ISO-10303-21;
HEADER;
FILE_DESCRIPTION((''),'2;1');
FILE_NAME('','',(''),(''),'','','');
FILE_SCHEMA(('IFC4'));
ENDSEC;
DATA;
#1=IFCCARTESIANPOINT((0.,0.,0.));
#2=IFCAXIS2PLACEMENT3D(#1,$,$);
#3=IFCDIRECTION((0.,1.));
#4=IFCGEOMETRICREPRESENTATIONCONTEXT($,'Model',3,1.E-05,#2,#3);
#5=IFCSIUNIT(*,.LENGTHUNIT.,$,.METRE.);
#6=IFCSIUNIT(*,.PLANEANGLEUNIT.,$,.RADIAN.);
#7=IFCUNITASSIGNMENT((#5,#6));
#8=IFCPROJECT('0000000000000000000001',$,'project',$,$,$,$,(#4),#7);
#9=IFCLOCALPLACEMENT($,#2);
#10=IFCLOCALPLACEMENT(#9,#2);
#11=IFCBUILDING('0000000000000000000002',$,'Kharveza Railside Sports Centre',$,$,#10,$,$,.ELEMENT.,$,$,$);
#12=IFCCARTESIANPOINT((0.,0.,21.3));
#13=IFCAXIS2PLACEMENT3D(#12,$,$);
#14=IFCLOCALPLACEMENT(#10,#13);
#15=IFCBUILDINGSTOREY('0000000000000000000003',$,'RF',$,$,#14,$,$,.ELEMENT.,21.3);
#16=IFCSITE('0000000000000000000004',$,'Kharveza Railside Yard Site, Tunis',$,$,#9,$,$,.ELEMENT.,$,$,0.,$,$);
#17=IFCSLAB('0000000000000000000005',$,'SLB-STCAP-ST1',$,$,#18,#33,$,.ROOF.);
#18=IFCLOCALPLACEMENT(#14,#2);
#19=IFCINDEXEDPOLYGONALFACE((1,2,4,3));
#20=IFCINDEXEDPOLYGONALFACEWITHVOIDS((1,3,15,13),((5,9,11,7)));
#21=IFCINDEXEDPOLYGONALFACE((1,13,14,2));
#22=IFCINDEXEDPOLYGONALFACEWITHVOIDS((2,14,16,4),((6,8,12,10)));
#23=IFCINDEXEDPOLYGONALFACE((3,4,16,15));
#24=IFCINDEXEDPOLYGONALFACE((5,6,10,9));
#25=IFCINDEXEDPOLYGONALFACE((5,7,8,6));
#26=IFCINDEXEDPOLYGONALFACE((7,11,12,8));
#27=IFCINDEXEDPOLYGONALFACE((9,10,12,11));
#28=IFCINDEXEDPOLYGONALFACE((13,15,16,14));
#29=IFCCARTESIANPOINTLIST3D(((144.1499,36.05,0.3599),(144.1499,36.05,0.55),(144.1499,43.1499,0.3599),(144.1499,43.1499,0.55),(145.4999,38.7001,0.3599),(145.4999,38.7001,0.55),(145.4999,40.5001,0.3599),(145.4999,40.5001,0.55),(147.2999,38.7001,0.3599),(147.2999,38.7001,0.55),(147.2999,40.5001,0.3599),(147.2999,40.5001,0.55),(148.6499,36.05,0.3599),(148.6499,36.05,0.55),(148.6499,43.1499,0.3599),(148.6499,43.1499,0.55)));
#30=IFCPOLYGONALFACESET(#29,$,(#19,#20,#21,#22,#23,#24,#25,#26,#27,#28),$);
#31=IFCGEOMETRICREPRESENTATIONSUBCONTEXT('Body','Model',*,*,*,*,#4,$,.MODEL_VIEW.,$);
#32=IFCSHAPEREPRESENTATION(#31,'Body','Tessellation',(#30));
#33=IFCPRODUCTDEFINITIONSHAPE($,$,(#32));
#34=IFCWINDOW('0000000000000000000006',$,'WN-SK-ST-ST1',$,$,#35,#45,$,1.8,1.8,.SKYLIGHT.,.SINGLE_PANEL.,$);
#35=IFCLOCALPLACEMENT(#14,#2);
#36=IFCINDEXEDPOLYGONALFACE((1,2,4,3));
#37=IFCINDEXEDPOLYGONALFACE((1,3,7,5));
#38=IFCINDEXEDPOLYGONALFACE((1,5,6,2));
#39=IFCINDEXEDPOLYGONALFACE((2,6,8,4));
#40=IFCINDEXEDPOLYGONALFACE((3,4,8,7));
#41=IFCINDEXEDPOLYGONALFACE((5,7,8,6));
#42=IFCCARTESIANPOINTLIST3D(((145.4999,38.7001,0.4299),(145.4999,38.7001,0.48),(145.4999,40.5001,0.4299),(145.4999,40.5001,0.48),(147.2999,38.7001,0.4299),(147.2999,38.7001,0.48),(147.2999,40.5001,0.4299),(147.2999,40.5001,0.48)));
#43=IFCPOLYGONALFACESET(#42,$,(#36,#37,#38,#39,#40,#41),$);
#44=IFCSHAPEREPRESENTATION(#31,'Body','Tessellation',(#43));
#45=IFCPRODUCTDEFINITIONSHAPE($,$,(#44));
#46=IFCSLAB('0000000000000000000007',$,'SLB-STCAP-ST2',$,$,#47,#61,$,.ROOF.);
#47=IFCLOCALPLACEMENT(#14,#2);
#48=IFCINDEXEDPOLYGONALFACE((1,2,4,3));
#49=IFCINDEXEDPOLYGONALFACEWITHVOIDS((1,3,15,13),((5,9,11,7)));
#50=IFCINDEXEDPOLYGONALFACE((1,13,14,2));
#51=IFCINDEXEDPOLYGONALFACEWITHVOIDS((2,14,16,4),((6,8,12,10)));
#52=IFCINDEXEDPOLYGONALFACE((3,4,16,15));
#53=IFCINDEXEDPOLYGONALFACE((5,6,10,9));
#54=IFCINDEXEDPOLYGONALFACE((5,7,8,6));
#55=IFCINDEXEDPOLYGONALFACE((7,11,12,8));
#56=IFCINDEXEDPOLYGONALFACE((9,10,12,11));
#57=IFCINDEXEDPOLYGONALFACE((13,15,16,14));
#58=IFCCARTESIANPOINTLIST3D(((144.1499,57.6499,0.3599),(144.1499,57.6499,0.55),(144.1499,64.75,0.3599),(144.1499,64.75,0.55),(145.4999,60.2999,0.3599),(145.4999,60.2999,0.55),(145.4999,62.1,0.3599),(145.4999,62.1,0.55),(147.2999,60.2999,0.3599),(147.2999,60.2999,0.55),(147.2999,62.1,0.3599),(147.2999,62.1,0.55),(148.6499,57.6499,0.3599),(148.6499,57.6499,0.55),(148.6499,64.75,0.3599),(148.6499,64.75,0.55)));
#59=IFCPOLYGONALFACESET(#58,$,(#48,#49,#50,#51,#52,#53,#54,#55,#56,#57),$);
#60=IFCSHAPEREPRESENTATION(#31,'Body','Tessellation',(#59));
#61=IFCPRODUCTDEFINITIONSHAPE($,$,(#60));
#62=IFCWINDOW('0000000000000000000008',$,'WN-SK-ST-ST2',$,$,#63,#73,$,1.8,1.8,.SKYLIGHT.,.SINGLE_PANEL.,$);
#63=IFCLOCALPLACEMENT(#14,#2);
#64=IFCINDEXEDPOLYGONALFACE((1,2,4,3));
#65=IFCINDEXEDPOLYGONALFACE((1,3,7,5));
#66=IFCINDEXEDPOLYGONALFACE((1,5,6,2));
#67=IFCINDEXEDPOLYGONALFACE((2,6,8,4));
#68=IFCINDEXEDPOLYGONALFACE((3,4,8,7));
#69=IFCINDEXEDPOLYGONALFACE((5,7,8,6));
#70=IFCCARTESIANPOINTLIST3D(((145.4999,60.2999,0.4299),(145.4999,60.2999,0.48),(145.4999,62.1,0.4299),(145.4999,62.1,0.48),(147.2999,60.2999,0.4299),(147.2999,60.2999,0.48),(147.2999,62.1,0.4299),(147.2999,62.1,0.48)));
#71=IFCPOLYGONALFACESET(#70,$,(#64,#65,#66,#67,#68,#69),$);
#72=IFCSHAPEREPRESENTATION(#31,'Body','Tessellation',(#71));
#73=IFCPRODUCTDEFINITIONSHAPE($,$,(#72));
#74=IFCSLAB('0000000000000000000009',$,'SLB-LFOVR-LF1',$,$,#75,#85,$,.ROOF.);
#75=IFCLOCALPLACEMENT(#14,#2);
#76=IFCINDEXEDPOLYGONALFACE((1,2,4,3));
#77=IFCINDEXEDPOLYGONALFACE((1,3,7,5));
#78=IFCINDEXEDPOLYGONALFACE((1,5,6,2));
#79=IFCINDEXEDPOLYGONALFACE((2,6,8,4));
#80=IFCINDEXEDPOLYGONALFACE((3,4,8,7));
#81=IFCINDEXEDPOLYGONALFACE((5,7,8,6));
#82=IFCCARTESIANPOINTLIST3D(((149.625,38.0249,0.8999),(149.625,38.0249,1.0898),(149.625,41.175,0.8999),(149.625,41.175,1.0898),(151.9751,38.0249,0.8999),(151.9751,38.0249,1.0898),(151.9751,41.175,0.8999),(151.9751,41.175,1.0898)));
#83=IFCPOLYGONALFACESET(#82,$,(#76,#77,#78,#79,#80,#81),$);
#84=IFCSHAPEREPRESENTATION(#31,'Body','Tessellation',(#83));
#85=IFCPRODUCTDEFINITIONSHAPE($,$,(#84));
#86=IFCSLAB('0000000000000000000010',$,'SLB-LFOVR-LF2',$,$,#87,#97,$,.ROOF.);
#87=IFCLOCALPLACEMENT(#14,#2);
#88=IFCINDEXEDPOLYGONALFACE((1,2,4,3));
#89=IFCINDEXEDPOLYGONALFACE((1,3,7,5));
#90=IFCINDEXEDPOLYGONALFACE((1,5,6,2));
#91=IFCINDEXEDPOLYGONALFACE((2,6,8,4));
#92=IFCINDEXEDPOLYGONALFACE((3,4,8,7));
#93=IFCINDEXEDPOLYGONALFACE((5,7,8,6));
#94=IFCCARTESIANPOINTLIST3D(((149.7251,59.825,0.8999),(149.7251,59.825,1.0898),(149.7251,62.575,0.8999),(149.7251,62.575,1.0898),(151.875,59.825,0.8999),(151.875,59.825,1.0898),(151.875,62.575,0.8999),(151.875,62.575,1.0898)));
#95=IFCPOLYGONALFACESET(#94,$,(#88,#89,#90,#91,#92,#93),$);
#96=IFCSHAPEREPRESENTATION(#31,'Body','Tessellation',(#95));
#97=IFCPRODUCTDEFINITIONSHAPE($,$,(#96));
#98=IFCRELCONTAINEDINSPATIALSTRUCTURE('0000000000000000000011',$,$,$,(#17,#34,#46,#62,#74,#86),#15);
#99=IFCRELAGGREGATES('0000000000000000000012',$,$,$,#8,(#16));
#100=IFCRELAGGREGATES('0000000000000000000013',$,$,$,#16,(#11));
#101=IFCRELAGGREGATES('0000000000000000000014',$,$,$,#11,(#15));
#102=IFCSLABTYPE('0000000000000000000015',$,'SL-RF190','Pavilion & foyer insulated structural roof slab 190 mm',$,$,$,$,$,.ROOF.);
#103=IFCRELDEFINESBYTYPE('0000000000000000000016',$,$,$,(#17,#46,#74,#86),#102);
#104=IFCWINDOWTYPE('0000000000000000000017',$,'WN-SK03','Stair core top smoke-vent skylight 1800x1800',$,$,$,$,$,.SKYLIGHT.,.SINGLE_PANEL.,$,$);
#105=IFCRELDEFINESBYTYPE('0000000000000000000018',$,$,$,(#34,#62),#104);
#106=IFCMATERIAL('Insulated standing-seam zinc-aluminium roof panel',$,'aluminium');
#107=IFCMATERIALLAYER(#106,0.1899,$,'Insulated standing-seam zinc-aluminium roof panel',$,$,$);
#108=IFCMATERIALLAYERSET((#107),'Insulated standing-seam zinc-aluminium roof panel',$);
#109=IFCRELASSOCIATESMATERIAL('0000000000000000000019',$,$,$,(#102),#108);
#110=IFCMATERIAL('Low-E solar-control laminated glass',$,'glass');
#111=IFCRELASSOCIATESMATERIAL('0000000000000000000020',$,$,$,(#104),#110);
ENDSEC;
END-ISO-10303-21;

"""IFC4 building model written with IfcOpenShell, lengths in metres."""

from ifc_helpers import new_model, si_unit, direction, frame, origin, origin_2d, place, context, subcontext, project, spatial, polyline, rectangle, outline, extrude, material, layer, layer_set, type_object, element, fill, save


model = new_model("IFC4")

# Units and contexts
model_context = context("Model", 3, precision=1e-05, world=origin(), true_north=direction((0.0, 1.0)))
body_context = subcontext(model_context, "Body", "Model", "MODEL_VIEW")
ifc_project = project(units=[si_unit("LENGTHUNIT", "METRE"), si_unit("PLANEANGLEUNIT", "RADIAN")], contexts=[model_context])

# Site, building, storey
site_placement = place(None, origin())
site = spatial("IfcSite", under=ifc_project, at=site_placement, Name="Kharveza Railside Yard Site, Tunis", CompositionType="ELEMENT", RefElevation=0.0)
building_placement = place(site_placement, origin())
building = spatial("IfcBuilding", under=site, at=building_placement, Name="Kharveza Railside Sports Centre", CompositionType="ELEMENT")
storey_placement = place(building_placement, frame((0.0, 0.0, 21.3)))
storey = spatial("IfcBuildingStorey", under=building, at=storey_placement, Name="RF", CompositionType="ELEMENT", Elevation=21.3)

# Shared definitions
ifc_material_1 = material(Name="Insulated standing-seam zinc-aluminium roof panel", Category="aluminium")

# Shared definitions
ifc_layer_1 = layer(ifc_material_1, 0.1899, Name="Insulated standing-seam zinc-aluminium roof panel")
ifc_layer_set_1 = layer_set([ifc_layer_1], Name="Insulated standing-seam zinc-aluminium roof panel")
slab_type_1 = type_object("IfcSlabType", Name="SL-RF190", Description="Pavilion & foyer insulated structural roof slab 190 mm", PredefinedType="ROOF", material=ifc_layer_set_1)
ifc_material_2 = material(Name="Low-E solar-control laminated glass", Category="glass")

# Slabs, openings, windows
slab_1_placement = place(storey_placement, frame((0.0, 0.0, 0.3599)))
slab_1 = element("IfcSlab", 1, at=slab_1_placement, inside=storey, type_object=slab_type_1, Name="SLB-STCAP-ST1", PredefinedType="ROOF", context=body_context, shape_type="SweptSolid", body=[
    extrude(outline(polyline([(144.1499, 36.05), (148.6499, 36.05), (148.6499, 43.1499), (144.1499, 43.1499), (144.1499, 36.05)])), origin(), (0.0, 0.0, 1.0), 0.1902),
])
opening_1_placement = place(slab_1_placement, frame((146.3999, 39.6001, -0.0249)))
opening_1 = element("IfcOpeningElement", 2, at=opening_1_placement, cuts=slab_1, PredefinedType="OPENING", context=body_context, shape_type="SweptSolid", body=[
    extrude(rectangle(XDim=1.8, YDim=1.8, at=origin_2d()), origin(), (0.0, 0.0, 1.0), 0.24),
])
window_type_1 = type_object("IfcWindowType", Name="WN-SK03", Description="Stair core top smoke-vent skylight 1800x1800", PartitioningType="SINGLE_PANEL", PredefinedType="SKYLIGHT", material=ifc_material_2)
window_1_placement = place(slab_1_placement, frame((146.3999, 39.6001, 0.0701)))
window_1 = element("IfcWindow", 3, at=window_1_placement, inside=storey, type_object=window_type_1, Name="WN-SK-ST-ST1", OverallHeight=1.8, OverallWidth=1.8, PartitioningType="SINGLE_PANEL", PredefinedType="SKYLIGHT", context=body_context, shape_type="SweptSolid", body=[
    extrude(rectangle(XDim=1.8, YDim=1.8, at=origin_2d()), origin(), (0.0, 0.0, 1.0), 0.05),
])
fill(opening_1, window_1)
slab_2_placement = place(storey_placement, frame((0.0, 0.0, 0.3599)))
slab_2 = element("IfcSlab", 4, at=slab_2_placement, inside=storey, type_object=slab_type_1, Name="SLB-STCAP-ST2", PredefinedType="ROOF", context=body_context, shape_type="SweptSolid", body=[
    extrude(outline(polyline([(144.1499, 57.6499), (148.6499, 57.6499), (148.6499, 64.75), (144.1499, 64.75), (144.1499, 57.6499)])), origin(), (0.0, 0.0, 1.0), 0.1902),
])
opening_2_placement = place(slab_2_placement, frame((146.3999, 61.2, -0.0249)))
opening_2 = element("IfcOpeningElement", 5, at=opening_2_placement, cuts=slab_2, PredefinedType="OPENING", context=body_context, shape_type="SweptSolid", body=[
    extrude(rectangle(XDim=1.8, YDim=1.8, at=origin_2d()), origin(), (0.0, 0.0, 1.0), 0.24),
])
window_2_placement = place(slab_2_placement, frame((146.3999, 61.2, 0.0701)))
window_2 = element("IfcWindow", 6, at=window_2_placement, inside=storey, type_object=window_type_1, Name="WN-SK-ST-ST2", OverallHeight=1.8, OverallWidth=1.8, PartitioningType="SINGLE_PANEL", PredefinedType="SKYLIGHT", context=body_context, shape_type="SweptSolid", body=[
    extrude(rectangle(XDim=1.8, YDim=1.8, at=origin_2d()), origin(), (0.0, 0.0, 1.0), 0.05),
])
fill(opening_2, window_2)

# Slabs
slab_3_placement = place(storey_placement, frame((0.0, 0.0, 0.8999)))
element("IfcSlab", 7, at=slab_3_placement, inside=storey, type_object=slab_type_1, Name="SLB-LFOVR-LF1", PredefinedType="ROOF", context=body_context, shape_type="SweptSolid", body=[
    extrude(outline(polyline([(149.625, 38.0249), (151.9751, 38.0249), (151.9751, 41.175), (149.625, 41.175), (149.625, 38.0249)])), origin(), (0.0, 0.0, 1.0), 0.1899),
])
slab_4_placement = place(storey_placement, frame((0.0, 0.0, 0.8999)))
element("IfcSlab", 8, at=slab_4_placement, inside=storey, type_object=slab_type_1, Name="SLB-LFOVR-LF2", PredefinedType="ROOF", context=body_context, shape_type="SweptSolid", body=[
    extrude(outline(polyline([(149.7251, 59.825), (151.875, 59.825), (151.875, 62.575), (149.7251, 62.575), (149.7251, 59.825)])), origin(), (0.0, 0.0, 1.0), 0.1899),
])

save(model, "model.ifc")
